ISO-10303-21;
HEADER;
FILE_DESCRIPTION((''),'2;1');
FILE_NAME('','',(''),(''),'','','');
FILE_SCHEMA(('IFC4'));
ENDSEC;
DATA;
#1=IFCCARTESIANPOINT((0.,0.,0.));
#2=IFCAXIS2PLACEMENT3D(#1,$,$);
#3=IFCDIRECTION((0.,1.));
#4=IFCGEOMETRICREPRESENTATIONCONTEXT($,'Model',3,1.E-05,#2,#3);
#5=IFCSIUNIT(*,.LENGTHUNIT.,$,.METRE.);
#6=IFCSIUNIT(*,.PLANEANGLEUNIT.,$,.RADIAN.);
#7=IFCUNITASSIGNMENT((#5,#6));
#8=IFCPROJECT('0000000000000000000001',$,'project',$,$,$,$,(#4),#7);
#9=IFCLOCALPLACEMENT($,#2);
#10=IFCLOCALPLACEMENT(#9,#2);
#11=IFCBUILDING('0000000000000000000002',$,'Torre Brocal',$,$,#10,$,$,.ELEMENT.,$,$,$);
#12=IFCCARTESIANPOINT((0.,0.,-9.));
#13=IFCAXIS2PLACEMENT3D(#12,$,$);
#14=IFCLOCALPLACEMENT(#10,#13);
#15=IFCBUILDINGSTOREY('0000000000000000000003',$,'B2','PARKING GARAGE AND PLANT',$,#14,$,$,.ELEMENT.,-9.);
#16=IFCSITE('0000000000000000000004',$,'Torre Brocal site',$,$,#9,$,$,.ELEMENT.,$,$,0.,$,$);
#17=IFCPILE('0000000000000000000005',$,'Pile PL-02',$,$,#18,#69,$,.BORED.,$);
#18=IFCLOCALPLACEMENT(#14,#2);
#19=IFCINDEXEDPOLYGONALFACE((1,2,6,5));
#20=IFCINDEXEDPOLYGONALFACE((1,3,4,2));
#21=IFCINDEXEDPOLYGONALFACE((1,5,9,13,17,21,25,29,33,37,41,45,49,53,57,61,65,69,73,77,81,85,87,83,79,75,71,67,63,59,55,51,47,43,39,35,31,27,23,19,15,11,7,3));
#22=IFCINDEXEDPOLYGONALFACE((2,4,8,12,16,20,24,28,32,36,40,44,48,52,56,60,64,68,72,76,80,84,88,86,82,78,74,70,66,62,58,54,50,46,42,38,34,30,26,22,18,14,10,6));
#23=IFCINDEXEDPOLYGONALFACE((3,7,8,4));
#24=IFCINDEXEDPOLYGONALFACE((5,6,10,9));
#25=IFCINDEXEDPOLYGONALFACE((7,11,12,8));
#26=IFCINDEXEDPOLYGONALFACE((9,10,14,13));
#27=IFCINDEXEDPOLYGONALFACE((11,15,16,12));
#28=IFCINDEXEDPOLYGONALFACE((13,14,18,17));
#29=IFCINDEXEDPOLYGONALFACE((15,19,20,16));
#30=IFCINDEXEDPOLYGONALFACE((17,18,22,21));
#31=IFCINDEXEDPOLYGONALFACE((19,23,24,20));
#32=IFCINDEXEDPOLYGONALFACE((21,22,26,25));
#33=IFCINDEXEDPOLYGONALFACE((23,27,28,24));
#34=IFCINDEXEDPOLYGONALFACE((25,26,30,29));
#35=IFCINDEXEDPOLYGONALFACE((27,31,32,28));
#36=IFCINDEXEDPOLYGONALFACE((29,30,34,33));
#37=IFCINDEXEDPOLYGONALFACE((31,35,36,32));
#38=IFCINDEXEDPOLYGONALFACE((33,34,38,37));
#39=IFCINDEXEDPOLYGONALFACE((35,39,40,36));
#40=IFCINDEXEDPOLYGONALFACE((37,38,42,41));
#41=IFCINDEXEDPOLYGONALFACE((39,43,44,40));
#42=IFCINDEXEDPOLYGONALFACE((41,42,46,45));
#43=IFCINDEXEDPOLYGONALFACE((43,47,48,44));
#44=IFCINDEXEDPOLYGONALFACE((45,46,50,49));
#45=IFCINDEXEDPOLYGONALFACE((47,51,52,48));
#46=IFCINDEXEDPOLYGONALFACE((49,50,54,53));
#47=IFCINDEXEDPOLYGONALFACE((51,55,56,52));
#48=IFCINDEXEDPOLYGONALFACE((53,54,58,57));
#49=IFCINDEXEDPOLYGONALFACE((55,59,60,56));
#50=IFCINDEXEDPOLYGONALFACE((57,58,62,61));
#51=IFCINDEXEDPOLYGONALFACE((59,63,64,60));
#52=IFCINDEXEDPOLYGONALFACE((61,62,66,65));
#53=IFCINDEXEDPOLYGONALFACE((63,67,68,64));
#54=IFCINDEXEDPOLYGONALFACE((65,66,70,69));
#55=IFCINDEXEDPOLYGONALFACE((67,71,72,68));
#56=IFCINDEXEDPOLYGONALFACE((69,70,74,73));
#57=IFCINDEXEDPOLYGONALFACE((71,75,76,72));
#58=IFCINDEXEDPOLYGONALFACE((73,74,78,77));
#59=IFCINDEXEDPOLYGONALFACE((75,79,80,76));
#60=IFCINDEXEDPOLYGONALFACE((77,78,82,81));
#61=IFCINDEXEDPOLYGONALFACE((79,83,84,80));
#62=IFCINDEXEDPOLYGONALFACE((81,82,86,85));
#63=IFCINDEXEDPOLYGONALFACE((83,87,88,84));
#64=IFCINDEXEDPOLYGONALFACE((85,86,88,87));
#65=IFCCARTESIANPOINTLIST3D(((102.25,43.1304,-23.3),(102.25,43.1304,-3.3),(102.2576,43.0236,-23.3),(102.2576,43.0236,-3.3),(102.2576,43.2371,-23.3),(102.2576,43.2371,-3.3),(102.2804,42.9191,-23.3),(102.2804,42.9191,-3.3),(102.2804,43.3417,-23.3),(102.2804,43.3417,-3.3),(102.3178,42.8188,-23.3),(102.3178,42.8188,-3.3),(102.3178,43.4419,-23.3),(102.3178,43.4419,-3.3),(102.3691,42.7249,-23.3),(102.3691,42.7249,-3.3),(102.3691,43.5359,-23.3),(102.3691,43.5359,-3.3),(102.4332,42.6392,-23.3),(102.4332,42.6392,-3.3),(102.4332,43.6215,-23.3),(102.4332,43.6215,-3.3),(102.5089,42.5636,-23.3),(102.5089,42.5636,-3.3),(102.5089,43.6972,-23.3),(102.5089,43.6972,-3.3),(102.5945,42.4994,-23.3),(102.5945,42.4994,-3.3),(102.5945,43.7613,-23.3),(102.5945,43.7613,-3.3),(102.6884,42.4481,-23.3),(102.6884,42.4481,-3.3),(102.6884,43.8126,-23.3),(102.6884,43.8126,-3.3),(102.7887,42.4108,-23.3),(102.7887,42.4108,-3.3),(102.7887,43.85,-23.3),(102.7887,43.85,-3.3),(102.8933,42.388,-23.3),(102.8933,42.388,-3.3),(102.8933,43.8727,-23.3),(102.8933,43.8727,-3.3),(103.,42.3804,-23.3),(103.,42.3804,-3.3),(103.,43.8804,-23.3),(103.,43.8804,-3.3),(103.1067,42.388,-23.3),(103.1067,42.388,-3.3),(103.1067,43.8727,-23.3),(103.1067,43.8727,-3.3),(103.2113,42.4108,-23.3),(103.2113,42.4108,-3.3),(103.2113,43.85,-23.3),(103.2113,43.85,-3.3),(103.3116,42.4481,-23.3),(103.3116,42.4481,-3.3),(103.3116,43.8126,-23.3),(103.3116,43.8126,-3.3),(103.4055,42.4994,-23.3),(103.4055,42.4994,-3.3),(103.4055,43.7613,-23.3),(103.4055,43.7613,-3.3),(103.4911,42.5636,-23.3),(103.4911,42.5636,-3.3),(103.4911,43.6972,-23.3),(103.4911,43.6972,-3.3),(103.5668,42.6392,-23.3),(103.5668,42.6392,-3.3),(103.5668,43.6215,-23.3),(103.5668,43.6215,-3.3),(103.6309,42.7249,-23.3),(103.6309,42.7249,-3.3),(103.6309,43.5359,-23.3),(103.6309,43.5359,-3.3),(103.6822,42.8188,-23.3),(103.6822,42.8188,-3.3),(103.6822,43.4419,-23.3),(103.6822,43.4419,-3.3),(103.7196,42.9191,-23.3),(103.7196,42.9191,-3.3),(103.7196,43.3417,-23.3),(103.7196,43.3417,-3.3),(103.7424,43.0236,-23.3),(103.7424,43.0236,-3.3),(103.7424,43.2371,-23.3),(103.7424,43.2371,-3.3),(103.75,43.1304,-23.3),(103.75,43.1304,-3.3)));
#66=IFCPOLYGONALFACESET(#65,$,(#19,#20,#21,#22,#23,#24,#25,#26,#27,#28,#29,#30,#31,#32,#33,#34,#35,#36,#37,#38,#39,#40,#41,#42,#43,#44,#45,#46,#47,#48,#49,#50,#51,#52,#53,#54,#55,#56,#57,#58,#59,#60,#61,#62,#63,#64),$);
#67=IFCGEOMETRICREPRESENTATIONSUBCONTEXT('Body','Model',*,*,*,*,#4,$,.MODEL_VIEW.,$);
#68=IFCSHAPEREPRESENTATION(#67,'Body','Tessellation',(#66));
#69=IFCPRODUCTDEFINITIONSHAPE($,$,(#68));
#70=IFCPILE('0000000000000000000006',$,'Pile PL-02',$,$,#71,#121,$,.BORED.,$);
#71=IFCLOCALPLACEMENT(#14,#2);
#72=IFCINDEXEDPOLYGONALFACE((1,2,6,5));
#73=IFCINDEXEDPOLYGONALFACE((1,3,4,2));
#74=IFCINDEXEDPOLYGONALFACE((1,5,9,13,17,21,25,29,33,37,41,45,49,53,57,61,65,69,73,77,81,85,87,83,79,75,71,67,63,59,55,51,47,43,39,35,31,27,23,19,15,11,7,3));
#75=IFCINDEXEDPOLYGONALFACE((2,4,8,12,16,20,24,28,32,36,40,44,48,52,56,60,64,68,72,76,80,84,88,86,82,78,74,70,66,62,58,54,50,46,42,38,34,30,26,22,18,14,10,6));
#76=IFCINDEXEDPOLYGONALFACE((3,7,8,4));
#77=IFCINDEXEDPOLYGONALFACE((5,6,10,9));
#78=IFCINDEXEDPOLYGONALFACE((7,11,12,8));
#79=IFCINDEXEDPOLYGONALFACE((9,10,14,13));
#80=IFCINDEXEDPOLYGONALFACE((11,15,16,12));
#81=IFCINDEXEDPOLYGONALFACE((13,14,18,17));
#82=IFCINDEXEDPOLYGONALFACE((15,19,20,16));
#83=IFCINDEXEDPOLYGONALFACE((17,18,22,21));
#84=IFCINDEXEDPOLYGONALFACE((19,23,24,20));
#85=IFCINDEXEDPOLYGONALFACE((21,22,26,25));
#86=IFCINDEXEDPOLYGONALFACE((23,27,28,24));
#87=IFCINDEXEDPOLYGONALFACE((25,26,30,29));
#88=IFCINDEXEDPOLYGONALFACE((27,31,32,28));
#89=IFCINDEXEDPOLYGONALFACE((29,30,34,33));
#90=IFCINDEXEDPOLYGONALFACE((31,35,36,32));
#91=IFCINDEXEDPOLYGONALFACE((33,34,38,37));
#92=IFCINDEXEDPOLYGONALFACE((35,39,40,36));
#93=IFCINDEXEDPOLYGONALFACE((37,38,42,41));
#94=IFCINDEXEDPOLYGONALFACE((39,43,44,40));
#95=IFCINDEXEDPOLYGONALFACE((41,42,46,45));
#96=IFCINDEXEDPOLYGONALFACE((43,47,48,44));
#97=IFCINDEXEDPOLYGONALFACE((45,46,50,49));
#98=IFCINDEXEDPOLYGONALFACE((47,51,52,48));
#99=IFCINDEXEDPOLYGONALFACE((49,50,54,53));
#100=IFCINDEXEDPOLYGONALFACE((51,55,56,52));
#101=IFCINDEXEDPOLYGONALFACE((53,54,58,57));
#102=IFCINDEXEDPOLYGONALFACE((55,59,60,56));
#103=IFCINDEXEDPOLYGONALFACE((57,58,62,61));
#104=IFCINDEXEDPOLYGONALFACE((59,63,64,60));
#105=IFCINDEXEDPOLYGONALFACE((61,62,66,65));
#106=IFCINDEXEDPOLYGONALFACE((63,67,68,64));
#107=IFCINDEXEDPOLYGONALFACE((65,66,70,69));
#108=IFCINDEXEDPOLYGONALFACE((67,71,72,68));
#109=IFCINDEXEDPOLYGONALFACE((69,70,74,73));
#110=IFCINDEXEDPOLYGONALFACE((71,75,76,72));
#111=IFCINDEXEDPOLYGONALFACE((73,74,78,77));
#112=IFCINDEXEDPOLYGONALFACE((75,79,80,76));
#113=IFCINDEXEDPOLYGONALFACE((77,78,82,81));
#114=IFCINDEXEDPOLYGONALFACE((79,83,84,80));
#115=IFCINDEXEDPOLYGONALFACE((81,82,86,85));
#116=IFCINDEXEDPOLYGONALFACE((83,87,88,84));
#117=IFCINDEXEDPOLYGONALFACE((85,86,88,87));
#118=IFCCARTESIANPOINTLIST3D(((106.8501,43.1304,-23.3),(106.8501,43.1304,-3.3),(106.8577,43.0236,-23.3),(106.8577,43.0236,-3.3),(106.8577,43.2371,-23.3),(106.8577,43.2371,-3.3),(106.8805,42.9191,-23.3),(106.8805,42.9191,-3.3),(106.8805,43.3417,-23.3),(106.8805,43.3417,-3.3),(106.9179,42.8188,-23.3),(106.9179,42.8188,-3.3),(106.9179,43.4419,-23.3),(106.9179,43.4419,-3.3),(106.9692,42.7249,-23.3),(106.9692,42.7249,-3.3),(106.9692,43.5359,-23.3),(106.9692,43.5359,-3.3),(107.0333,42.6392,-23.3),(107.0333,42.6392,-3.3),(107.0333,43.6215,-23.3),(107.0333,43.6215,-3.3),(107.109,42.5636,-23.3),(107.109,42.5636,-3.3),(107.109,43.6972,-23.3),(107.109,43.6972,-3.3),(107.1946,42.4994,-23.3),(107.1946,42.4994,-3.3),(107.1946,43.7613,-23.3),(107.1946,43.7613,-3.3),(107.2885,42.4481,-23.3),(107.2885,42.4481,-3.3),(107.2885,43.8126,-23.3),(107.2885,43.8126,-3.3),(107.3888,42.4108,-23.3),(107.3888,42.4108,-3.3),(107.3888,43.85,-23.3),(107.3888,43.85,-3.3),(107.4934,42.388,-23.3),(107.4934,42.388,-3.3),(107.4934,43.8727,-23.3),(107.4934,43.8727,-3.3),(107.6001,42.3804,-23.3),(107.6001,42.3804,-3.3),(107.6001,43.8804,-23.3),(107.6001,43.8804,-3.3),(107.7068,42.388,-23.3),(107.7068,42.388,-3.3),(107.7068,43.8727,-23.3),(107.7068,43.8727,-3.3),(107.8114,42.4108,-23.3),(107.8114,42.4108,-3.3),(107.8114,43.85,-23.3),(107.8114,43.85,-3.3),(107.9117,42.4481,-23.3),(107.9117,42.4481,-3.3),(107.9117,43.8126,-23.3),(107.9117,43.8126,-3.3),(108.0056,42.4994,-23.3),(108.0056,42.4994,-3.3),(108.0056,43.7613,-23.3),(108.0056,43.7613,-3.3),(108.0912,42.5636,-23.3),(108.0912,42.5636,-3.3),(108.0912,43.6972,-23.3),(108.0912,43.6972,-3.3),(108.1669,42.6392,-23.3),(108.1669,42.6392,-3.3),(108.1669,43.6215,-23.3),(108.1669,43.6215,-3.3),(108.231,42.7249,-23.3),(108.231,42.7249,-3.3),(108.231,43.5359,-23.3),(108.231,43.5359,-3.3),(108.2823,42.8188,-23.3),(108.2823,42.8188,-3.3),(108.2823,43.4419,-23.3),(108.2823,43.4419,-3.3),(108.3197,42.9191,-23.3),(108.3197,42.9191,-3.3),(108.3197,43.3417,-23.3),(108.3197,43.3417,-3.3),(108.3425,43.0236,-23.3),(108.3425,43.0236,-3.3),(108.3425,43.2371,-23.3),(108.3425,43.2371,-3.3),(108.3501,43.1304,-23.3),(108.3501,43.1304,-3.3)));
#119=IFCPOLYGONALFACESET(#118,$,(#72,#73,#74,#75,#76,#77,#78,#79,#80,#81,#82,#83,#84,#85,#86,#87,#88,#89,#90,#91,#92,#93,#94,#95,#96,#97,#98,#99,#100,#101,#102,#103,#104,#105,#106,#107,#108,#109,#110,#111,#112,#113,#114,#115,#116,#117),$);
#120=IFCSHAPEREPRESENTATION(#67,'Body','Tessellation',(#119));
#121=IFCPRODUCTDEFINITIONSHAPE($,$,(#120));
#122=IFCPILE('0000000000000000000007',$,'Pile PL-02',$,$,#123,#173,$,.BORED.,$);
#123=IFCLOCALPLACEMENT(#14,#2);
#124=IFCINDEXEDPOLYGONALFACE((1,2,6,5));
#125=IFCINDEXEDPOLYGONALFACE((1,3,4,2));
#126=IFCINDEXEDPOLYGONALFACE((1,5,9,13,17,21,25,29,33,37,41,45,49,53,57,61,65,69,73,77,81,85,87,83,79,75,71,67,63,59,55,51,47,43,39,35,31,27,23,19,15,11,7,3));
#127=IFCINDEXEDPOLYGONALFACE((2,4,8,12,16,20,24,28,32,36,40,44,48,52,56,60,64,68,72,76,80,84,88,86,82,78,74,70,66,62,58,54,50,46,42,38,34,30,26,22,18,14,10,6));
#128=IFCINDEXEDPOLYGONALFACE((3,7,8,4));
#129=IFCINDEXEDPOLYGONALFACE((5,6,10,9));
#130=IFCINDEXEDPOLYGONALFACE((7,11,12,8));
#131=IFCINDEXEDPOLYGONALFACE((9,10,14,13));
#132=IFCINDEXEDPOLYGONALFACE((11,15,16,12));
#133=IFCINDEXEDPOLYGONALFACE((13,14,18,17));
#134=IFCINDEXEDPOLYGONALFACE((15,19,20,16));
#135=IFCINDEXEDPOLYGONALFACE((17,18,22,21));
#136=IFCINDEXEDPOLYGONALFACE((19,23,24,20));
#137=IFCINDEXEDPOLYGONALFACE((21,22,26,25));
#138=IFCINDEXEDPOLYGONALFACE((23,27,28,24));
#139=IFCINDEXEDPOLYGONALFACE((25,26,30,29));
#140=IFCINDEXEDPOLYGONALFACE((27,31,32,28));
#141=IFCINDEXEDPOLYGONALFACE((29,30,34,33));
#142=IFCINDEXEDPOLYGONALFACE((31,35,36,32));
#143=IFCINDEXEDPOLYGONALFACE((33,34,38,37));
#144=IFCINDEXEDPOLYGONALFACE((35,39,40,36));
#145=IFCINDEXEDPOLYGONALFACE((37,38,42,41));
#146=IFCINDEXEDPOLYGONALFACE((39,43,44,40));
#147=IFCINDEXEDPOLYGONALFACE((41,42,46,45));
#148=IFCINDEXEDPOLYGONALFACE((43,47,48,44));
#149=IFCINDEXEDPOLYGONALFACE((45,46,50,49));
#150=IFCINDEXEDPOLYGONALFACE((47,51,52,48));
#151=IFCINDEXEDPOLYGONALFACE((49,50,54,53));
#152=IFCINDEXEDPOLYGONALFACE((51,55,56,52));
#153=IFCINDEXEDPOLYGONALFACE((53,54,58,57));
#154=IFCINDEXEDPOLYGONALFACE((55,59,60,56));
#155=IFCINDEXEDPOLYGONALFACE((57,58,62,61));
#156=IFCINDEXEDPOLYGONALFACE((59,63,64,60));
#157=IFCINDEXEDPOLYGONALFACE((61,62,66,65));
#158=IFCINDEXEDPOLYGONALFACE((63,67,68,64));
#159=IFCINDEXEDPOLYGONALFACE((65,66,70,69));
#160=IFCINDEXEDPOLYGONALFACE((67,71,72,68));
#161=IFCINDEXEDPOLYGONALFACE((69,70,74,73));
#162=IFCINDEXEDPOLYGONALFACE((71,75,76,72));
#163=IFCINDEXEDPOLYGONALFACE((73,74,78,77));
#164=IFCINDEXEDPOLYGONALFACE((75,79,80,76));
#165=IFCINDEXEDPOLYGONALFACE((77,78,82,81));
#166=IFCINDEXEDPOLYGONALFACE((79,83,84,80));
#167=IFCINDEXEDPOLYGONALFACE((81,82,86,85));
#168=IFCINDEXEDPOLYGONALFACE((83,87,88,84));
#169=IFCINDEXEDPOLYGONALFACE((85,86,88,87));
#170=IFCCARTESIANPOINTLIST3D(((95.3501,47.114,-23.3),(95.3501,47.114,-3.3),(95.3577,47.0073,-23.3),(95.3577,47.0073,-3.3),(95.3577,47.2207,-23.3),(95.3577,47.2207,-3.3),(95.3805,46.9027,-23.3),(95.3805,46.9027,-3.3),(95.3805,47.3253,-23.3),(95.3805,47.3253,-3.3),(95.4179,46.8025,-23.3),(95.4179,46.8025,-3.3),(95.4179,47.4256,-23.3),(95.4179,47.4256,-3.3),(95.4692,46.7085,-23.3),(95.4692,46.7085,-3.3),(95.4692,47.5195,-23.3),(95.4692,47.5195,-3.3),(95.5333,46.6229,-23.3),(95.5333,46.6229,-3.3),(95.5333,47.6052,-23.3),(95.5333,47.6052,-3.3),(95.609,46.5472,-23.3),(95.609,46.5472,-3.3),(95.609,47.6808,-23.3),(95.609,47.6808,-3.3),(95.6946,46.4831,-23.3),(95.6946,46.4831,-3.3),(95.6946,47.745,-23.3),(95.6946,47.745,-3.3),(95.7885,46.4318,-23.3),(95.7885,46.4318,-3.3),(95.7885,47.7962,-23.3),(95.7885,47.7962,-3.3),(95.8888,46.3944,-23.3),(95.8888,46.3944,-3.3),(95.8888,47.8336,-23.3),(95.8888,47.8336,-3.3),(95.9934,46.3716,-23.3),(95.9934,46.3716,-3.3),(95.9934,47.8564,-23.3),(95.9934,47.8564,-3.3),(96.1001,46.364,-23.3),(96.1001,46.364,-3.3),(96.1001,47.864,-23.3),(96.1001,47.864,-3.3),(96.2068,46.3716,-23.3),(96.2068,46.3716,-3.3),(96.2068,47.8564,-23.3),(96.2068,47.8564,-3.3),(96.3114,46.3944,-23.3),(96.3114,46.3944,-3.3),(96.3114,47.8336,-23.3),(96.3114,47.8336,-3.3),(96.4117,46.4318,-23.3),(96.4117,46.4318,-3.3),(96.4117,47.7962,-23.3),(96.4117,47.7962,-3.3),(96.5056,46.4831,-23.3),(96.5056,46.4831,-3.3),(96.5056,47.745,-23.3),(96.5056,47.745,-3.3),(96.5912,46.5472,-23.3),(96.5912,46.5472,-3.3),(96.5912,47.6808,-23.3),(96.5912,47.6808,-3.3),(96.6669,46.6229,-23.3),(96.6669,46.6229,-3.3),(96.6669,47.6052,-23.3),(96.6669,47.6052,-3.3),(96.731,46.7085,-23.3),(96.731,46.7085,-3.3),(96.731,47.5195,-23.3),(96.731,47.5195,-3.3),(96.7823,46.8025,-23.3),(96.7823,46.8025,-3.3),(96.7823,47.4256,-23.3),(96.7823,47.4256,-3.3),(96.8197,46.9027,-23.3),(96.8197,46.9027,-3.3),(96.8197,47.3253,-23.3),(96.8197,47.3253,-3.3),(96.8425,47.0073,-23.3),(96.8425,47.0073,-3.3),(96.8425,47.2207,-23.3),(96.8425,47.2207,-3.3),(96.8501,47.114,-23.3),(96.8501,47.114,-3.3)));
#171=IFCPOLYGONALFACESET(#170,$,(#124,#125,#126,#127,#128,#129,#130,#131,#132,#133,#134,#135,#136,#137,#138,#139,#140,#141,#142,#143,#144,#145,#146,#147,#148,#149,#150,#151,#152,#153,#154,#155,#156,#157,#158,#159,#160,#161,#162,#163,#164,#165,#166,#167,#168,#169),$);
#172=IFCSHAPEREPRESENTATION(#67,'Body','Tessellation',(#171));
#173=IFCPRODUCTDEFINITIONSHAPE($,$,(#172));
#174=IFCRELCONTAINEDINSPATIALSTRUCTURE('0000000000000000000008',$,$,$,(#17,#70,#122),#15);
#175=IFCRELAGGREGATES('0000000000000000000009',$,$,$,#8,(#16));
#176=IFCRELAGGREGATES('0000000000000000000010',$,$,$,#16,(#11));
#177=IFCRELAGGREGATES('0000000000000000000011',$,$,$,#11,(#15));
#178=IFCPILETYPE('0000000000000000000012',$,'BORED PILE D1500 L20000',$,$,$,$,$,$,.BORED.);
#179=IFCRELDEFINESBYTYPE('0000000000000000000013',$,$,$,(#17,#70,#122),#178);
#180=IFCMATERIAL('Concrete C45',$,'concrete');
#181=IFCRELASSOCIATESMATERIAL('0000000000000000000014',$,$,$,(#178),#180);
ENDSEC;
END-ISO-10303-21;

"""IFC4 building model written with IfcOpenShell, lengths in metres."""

from ifc_helpers import new_model, si_unit, direction, frame, origin, origin_2d, place, context, subcontext, project, spatial, circle, extrude, material, material_profile, profile_set, type_object, element, save


model = new_model("IFC4")

# Units and contexts
model_context = context("Model", 3, precision=1e-05, world=origin(), true_north=direction((0.0, 1.0)))
body_context = subcontext(model_context, "Body", "Model", "MODEL_VIEW")
ifc_project = project(units=[si_unit("LENGTHUNIT", "METRE"), si_unit("PLANEANGLEUNIT", "RADIAN")], contexts=[model_context])

# Site, building, storey
site_placement = place(None, origin())
site = spatial("IfcSite", under=ifc_project, at=site_placement, Name="Torre Brocal site", CompositionType="ELEMENT", RefElevation=0.0)
building_placement = place(site_placement, origin())
building = spatial("IfcBuilding", under=site, at=building_placement, Name="Torre Brocal", CompositionType="ELEMENT")
storey_placement = place(building_placement, frame((0.0, 0.0, -9.0)))
storey = spatial("IfcBuildingStorey", under=building, at=storey_placement, Name="B2", Description="PARKING GARAGE AND PLANT", CompositionType="ELEMENT", Elevation=-9.0)

# Piles
ifc_material_1 = material(Name="Concrete C45", Category="concrete")
ifc_material_profile_1 = material_profile(ifc_material_1, circle(Radius=0.75, at=origin_2d()), Name="BORED PILE D1500")
ifc_profile_set_1 = profile_set([ifc_material_profile_1], Name="Concrete C45")
pile_type_1 = type_object("IfcPileType", Name="BORED PILE D1500 L20000", PredefinedType="BORED", material=ifc_profile_set_1)
for number, where, z_axis, x_axis, name in (
    (1, (103.0, 43.1304, -3.3), (0.0, 0.0, -1.0), (1.0, 0.0, 0.0), "Pile PL-02"),
    (2, (107.6001, 43.1304, -3.3), (0.0, 0.0, -1.0), (1.0, 0.0, 0.0), "Pile PL-02"),
    (3, (96.1001, 47.114, -3.3), (0.0, 0.0, -1.0), (1.0, 0.0, 0.0), "Pile PL-02"),
):
    element("IfcPile", number, at=place(storey_placement, frame(where, z_axis=z_axis, x_axis=x_axis)), inside=storey, type_object=pile_type_1, Name=name, PredefinedType="BORED", context=body_context, shape_type="SweptSolid", body=[
        extrude(circle(Radius=0.75, at=origin_2d()), origin(), (0.0, 0.0, 1.0), 20.0),
    ])

save(model, "model.ifc")
